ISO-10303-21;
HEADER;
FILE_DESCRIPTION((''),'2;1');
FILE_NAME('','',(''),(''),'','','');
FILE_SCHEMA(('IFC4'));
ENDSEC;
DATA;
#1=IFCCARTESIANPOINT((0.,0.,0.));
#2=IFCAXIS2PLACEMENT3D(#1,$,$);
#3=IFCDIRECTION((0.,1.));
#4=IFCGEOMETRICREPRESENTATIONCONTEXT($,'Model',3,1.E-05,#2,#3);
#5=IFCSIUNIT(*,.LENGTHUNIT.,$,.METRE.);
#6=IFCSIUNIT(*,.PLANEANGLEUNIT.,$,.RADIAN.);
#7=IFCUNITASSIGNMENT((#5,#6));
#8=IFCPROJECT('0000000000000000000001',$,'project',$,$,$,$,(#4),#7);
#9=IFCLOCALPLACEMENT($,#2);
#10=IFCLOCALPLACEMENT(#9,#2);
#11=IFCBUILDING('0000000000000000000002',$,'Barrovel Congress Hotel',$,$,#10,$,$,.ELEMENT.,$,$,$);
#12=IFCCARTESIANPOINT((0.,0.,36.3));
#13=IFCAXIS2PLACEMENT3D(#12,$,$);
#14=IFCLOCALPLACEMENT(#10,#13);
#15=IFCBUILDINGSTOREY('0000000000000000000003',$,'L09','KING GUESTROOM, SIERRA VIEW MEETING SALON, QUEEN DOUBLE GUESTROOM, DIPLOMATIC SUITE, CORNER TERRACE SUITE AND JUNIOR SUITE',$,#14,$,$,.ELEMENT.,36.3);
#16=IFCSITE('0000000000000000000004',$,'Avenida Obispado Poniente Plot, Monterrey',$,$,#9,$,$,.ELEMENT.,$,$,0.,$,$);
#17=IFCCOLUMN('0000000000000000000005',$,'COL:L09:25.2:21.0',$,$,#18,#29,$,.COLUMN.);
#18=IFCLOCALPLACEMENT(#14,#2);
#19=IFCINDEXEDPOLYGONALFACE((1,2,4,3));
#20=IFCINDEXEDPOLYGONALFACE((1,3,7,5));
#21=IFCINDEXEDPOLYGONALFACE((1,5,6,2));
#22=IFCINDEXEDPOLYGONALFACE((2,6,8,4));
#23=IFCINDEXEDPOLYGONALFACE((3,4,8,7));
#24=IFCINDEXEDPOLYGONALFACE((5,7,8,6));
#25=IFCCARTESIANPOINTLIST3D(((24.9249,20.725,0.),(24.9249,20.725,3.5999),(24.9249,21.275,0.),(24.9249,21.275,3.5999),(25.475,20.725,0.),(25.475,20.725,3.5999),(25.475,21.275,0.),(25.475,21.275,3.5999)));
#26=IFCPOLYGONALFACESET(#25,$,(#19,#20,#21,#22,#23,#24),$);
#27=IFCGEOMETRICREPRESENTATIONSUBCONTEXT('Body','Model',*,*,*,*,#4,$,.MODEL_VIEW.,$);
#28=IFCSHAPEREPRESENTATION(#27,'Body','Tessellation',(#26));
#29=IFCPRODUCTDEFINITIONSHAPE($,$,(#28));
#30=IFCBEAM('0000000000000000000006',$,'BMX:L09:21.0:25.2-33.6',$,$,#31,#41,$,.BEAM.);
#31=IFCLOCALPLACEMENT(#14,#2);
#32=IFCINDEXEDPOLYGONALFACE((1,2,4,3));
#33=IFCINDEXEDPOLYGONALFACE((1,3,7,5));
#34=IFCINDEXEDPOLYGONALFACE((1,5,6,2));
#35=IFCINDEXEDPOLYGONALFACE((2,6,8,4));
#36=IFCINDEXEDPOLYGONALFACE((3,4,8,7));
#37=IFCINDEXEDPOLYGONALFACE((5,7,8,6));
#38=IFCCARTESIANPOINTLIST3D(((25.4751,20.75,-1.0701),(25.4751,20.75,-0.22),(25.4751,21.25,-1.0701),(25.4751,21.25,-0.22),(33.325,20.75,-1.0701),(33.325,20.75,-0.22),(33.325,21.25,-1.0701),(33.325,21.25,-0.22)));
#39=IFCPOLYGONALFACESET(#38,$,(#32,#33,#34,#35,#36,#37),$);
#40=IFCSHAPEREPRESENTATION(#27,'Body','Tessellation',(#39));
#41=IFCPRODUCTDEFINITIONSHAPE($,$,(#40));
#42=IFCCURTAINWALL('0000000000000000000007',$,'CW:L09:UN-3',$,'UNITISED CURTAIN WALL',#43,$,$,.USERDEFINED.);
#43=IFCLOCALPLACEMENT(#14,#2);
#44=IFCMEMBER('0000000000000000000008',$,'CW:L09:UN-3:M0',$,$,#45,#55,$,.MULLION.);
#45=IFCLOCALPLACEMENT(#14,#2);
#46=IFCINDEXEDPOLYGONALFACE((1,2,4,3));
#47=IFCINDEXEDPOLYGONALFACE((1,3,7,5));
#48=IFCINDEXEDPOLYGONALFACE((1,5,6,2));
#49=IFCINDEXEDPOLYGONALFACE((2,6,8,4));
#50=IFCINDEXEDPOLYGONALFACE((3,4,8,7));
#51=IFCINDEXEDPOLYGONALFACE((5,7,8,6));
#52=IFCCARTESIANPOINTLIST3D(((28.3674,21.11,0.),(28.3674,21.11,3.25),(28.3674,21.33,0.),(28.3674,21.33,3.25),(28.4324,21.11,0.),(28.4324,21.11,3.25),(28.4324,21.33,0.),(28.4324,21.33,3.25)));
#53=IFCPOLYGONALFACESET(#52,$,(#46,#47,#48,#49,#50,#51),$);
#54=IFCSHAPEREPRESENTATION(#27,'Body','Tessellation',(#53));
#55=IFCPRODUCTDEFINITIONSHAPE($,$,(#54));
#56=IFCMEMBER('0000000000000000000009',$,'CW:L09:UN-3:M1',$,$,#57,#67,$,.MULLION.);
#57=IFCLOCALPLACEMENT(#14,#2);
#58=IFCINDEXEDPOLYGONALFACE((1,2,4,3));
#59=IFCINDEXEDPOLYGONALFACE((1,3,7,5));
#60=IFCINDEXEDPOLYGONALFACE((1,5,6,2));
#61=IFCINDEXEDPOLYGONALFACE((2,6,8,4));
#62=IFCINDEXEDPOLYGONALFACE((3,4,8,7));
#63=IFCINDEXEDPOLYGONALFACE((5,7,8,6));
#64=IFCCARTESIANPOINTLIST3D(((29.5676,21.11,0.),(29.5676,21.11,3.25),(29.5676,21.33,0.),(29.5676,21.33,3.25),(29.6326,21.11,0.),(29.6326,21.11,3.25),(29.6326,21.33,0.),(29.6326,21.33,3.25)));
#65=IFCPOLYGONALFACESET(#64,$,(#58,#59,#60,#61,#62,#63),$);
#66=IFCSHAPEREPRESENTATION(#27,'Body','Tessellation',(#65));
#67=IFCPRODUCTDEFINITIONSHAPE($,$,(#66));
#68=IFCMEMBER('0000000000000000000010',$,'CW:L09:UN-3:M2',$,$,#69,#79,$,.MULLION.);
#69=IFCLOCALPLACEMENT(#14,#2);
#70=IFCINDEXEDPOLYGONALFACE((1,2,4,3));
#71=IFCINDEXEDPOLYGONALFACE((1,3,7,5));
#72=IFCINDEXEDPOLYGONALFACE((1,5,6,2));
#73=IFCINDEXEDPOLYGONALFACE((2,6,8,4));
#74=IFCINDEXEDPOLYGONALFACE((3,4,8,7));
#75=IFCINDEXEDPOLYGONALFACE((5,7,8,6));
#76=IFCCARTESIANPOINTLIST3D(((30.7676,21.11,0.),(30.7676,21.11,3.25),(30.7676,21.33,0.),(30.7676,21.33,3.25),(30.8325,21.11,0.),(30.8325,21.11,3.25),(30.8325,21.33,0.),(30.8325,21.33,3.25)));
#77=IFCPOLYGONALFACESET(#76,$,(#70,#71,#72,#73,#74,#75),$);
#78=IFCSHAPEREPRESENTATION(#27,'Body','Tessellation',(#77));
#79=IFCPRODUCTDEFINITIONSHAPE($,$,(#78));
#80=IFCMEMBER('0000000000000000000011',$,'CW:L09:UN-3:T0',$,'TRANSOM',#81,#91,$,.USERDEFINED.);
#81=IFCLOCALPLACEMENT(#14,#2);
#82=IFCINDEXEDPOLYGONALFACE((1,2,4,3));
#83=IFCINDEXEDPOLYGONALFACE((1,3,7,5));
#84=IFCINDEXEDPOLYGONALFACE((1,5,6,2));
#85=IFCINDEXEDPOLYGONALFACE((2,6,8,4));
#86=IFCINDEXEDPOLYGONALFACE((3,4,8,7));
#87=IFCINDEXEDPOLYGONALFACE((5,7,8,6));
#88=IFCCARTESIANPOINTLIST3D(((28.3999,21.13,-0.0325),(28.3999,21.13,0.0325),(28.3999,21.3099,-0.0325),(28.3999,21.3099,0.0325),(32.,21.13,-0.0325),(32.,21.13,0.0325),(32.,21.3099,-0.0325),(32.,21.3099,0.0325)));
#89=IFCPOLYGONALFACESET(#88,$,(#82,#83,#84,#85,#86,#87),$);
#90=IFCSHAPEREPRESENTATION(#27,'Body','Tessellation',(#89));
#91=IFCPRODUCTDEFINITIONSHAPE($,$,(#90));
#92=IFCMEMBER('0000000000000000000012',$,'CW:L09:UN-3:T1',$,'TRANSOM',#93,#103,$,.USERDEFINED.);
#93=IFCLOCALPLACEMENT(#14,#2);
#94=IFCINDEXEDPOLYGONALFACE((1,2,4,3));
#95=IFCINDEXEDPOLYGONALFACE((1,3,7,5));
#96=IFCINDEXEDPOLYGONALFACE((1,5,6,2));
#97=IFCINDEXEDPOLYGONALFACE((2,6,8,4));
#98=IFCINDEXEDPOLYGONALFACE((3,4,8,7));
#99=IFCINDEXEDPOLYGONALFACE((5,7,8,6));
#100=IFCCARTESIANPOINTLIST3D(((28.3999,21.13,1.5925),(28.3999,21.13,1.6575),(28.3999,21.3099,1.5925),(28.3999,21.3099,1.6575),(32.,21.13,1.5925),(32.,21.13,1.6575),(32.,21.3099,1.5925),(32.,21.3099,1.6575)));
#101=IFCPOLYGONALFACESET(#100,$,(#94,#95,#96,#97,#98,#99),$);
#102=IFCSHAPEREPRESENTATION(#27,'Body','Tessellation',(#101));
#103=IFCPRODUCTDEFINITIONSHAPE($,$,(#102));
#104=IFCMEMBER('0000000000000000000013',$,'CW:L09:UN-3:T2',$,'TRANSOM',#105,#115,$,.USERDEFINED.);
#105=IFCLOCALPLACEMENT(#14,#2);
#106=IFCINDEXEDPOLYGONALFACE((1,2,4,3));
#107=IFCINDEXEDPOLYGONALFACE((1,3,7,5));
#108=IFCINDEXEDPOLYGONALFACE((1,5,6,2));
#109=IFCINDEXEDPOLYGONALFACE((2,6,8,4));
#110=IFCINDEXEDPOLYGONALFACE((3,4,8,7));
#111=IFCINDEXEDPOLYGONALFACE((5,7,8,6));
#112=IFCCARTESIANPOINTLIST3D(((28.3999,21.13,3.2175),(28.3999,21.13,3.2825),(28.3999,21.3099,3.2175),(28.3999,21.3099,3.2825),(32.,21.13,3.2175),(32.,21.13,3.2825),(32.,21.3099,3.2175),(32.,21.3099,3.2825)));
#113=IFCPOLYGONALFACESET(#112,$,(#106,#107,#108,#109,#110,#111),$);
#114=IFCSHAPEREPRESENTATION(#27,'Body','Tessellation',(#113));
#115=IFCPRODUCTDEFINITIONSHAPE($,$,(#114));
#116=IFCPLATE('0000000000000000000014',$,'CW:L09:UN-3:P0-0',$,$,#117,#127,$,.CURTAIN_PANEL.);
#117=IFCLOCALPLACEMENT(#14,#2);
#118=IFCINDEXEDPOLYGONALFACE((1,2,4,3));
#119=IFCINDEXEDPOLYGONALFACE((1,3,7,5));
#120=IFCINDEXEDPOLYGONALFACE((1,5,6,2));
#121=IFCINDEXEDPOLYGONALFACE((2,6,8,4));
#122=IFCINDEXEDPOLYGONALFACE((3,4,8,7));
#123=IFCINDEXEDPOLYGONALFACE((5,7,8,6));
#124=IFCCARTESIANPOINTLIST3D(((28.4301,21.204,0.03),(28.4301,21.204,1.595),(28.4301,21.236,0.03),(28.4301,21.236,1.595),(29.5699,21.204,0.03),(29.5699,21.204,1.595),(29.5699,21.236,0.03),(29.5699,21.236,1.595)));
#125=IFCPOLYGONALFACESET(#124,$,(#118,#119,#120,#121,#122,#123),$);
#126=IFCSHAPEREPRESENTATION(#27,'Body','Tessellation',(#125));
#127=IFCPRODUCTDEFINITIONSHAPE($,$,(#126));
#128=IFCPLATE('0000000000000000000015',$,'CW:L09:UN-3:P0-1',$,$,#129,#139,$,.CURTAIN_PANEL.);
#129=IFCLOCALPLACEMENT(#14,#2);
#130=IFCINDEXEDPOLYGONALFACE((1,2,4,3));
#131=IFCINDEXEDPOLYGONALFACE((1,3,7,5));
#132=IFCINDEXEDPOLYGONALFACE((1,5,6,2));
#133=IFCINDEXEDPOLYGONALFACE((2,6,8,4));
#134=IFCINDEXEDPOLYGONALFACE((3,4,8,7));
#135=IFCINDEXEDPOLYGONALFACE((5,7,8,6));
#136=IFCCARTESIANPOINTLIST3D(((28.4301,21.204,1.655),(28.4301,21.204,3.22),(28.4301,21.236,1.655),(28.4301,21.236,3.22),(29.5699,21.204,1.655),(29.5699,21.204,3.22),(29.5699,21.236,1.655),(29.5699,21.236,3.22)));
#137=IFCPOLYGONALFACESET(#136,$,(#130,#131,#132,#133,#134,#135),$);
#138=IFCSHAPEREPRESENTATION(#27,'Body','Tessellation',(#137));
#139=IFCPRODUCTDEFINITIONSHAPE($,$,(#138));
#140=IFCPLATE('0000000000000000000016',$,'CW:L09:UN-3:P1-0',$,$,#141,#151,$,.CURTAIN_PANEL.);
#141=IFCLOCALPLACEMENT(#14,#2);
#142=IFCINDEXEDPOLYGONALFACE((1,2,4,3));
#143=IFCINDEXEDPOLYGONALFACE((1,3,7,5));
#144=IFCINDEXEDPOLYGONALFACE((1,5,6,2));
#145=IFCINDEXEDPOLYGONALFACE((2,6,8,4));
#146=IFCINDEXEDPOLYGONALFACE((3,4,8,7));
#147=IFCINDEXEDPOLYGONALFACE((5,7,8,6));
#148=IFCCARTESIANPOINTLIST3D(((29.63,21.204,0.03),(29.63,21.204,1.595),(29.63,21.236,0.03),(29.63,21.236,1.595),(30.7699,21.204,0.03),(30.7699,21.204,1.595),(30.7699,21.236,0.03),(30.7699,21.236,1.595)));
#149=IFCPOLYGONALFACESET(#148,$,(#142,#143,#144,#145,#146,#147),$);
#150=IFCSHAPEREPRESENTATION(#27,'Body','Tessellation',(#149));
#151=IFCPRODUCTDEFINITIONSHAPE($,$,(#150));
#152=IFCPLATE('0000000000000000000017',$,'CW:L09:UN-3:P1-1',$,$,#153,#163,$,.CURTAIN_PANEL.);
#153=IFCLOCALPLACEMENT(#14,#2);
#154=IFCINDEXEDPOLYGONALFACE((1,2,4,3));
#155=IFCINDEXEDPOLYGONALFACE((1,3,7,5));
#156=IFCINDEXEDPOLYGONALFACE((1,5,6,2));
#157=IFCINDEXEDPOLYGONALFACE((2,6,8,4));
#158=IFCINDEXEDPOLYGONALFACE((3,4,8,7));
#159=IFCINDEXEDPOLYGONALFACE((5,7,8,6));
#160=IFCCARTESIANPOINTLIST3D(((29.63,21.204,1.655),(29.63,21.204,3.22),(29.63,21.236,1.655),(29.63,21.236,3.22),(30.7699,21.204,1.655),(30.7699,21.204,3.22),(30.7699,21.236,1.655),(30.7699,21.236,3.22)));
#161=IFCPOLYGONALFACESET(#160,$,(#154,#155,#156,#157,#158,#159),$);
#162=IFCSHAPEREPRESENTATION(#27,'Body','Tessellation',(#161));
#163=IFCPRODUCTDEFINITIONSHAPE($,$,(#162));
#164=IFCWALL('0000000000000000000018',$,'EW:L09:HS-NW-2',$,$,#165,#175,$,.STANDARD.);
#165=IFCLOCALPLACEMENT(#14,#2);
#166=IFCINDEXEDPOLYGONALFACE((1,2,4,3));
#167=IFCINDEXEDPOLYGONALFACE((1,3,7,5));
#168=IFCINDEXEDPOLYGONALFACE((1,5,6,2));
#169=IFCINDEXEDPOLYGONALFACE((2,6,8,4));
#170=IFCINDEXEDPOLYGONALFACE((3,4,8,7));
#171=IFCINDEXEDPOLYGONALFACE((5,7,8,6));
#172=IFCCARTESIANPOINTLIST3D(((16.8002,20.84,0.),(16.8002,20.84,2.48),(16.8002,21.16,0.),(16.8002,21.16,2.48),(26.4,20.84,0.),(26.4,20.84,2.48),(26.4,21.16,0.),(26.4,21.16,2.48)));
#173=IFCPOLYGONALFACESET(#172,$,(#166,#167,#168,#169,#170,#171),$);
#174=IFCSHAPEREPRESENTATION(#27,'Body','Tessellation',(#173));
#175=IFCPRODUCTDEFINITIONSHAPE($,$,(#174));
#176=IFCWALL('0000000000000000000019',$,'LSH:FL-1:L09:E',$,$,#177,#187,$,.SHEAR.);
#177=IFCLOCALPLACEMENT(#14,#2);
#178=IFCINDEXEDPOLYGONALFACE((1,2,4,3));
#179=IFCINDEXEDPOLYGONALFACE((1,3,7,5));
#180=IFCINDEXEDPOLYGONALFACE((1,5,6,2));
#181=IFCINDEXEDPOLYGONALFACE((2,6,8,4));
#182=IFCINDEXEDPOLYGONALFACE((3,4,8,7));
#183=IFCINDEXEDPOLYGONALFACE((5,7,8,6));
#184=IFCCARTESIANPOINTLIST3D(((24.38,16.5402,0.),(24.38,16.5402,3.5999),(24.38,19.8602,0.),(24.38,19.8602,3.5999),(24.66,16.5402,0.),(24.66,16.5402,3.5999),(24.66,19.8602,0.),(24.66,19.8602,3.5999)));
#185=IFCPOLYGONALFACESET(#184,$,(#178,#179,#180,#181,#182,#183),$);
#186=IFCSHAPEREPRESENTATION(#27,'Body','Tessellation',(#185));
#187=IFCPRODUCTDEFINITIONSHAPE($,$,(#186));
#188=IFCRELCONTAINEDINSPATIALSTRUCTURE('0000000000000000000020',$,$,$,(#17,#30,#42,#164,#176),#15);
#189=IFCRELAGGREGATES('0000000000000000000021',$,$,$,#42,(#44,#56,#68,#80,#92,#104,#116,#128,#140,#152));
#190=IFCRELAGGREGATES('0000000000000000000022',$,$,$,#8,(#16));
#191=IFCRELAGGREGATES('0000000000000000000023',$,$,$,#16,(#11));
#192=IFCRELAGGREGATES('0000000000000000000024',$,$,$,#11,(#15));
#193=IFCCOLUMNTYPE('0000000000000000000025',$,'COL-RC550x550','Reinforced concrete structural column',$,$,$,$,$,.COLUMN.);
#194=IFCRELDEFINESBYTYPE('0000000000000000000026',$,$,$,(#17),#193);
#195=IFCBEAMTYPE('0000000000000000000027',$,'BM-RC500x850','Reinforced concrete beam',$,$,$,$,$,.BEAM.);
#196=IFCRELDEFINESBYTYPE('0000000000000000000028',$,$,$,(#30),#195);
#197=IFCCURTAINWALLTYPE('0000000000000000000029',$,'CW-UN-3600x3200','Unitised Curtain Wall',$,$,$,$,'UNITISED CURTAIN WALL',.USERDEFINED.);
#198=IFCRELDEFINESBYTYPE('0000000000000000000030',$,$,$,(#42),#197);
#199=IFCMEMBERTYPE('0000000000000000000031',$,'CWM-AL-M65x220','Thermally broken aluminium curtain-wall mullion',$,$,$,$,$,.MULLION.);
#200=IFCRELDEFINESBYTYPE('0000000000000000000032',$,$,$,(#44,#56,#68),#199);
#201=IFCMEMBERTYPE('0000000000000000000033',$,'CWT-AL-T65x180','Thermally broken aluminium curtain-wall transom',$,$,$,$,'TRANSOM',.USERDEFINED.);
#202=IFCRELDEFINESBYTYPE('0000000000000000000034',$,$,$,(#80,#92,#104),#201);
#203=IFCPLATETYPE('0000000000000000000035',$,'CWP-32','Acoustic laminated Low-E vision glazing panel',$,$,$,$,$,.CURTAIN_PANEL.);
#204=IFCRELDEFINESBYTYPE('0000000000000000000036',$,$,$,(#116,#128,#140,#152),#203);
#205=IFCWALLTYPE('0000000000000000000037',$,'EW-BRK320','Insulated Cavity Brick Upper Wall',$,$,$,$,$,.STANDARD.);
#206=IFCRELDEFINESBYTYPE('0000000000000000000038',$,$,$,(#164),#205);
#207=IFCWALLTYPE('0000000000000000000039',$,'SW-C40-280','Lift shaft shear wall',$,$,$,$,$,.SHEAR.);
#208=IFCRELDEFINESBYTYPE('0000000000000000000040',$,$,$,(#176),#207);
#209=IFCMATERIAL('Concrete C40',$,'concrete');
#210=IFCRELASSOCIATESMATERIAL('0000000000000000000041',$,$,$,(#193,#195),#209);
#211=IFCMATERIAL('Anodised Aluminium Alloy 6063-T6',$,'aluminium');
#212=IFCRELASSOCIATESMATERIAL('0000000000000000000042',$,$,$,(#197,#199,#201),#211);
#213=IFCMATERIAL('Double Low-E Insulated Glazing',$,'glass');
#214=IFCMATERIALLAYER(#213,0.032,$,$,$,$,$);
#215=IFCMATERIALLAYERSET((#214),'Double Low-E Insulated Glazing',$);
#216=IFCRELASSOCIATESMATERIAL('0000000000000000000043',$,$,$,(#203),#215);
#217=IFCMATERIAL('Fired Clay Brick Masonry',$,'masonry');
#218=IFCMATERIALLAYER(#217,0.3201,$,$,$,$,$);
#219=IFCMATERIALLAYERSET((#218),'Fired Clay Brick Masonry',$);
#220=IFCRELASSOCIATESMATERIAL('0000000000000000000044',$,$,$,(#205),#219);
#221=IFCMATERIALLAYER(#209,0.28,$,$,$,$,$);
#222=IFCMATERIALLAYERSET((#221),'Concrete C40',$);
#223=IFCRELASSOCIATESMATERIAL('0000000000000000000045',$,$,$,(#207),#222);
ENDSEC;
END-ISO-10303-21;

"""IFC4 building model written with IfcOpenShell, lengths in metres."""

from ifc_helpers import new_model, si_unit, direction, frame, frame_2d, origin, origin_2d, place, context, subcontext, project, spatial, rectangle, extrude, material, layer, layer_set, material_profile, profile_set, type_object, element, aggregate, save


model = new_model("IFC4")

# Units and contexts
model_context = context("Model", 3, precision=1e-05, world=origin(), true_north=direction((0.0, 1.0)))
body_context = subcontext(model_context, "Body", "Model", "MODEL_VIEW")
ifc_project = project(units=[si_unit("LENGTHUNIT", "METRE"), si_unit("PLANEANGLEUNIT", "RADIAN")], contexts=[model_context])

# Site, building, storey
site_placement = place(None, origin())
site = spatial("IfcSite", under=ifc_project, at=site_placement, Name="Avenida Obispado Poniente Plot, Monterrey", CompositionType="ELEMENT", RefElevation=0.0)
building_placement = place(site_placement, origin())
building = spatial("IfcBuilding", under=site, at=building_placement, Name="Barrovel Congress Hotel", CompositionType="ELEMENT")
storey_placement = place(building_placement, frame((0.0, 0.0, 36.3)))
storey = spatial("IfcBuildingStorey", under=building, at=storey_placement, Name="L09", Description="KING GUESTROOM, SIERRA VIEW MEETING SALON, QUEEN DOUBLE GUESTROOM, DIPLOMATIC SUITE, CORNER TERRACE SUITE AND JUNIOR SUITE", CompositionType="ELEMENT", Elevation=36.3)

# Column
ifc_material_1 = material(Name="Concrete C40", Category="concrete")
ifc_material_profile_1 = material_profile(ifc_material_1, rectangle(XDim=0.55, YDim=0.55, at=origin_2d()), Name="RC550x550")
ifc_profile_set_1 = profile_set([ifc_material_profile_1], Name="Concrete C40")
column_type = type_object("IfcColumnType", Name="COL-RC550x550", Description="Reinforced concrete structural column", PredefinedType="COLUMN", material=ifc_profile_set_1)
column_placement = place(storey_placement, frame((25.2, 21.0, 0.0), z_axis=(0.0, 0.0, 1.0), x_axis=(1.0, 0.0, 0.0)))
element("IfcColumn", 1, at=column_placement, inside=storey, type_object=column_type, Name="COL:L09:25.2:21.0", PredefinedType="COLUMN", context=body_context, shape_type="SweptSolid", body=[
    extrude(rectangle(XDim=0.55, YDim=0.55, at=origin_2d()), origin(), (0.0, 0.0, 1.0), 3.5999),
])

# Beam
ifc_material_profile_2 = material_profile(ifc_material_1, rectangle(XDim=0.5, YDim=0.8501, at=origin_2d()), Name="RC500x850")
ifc_profile_set_2 = profile_set([ifc_material_profile_2], Name="Concrete C40")
beam_type = type_object("IfcBeamType", Name="BM-RC500x850", Description="Reinforced concrete beam", PredefinedType="BEAM", material=ifc_profile_set_2)
beam_placement = place(storey_placement, frame((25.4751, 21.0, -0.645), z_axis=(1.0, 0.0, 0.0), x_axis=(0.0, 1.0, 0.0)))
element("IfcBeam", 2, at=beam_placement, inside=storey, type_object=beam_type, Name="BMX:L09:21.0:25.2-33.6", PredefinedType="BEAM", context=body_context, shape_type="SweptSolid", body=[
    extrude(rectangle(XDim=0.5, YDim=0.8501, at=origin_2d()), origin(), (0.0, 0.0, 1.0), 7.8499),
])

# Curtain wall, members, plates
ifc_material_2 = material(Name="Anodised Aluminium Alloy 6063-T6", Category="aluminium")
curtain_wall_type = type_object("IfcCurtainWallType", Name="CW-UN-3600x3200", Description="Unitised Curtain Wall", ElementType="UNITISED CURTAIN WALL", PredefinedType="USERDEFINED", material=ifc_material_2)
curtain_wall_placement = place(storey_placement, origin())
curtain_wall = element("IfcCurtainWall", 3, at=curtain_wall_placement, inside=storey, type_object=curtain_wall_type, Name="CW:L09:UN-3", ObjectType="UNITISED CURTAIN WALL", PredefinedType="USERDEFINED")
ifc_material_profile_3 = material_profile(ifc_material_2, rectangle(XDim=0.0649, YDim=0.22, at=origin_2d()), Name="AL-M65x220")
ifc_profile_set_3 = profile_set([ifc_material_profile_3], Name="Anodised Aluminium Alloy 6063-T6")
member_type_1 = type_object("IfcMemberType", Name="CWM-AL-M65x220", Description="Thermally broken aluminium curtain-wall mullion", PredefinedType="MULLION", material=ifc_profile_set_3)
member_1_placement = place(storey_placement, frame((28.3999, 21.22, 0.0), z_axis=(0.0, 0.0, 1.0), x_axis=(1.0, 0.0, 0.0)))
member_1 = element("IfcMember", 4, at=member_1_placement, type_object=member_type_1, Name="CW:L09:UN-3:M0", PredefinedType="MULLION", context=body_context, shape_type="SweptSolid", body=[
    extrude(rectangle(XDim=0.0649, YDim=0.22, at=origin_2d()), origin(), (0.0, 0.0, 1.0), 3.25),
])
member_2_placement = place(storey_placement, frame((29.6001, 21.22, 0.0), z_axis=(0.0, 0.0, 1.0), x_axis=(1.0, 0.0, 0.0)))
member_2 = element("IfcMember", 5, at=member_2_placement, type_object=member_type_1, Name="CW:L09:UN-3:M1", PredefinedType="MULLION", context=body_context, shape_type="SweptSolid", body=[
    extrude(rectangle(XDim=0.0649, YDim=0.22, at=origin_2d()), origin(), (0.0, 0.0, 1.0), 3.25),
])
member_3_placement = place(storey_placement, frame((30.8, 21.22, 0.0), z_axis=(0.0, 0.0, 1.0), x_axis=(1.0, 0.0, 0.0)))
member_3 = element("IfcMember", 6, at=member_3_placement, type_object=member_type_1, Name="CW:L09:UN-3:M2", PredefinedType="MULLION", context=body_context, shape_type="SweptSolid", body=[
    extrude(rectangle(XDim=0.0649, YDim=0.22, at=origin_2d()), origin(), (0.0, 0.0, 1.0), 3.25),
])
ifc_material_profile_4 = material_profile(ifc_material_2, rectangle(XDim=0.1799, YDim=0.0649, at=origin_2d()), Name="AL-T65x180")
ifc_profile_set_4 = profile_set([ifc_material_profile_4], Name="Anodised Aluminium Alloy 6063-T6")
member_type_2 = type_object("IfcMemberType", Name="CWT-AL-T65x180", Description="Thermally broken aluminium curtain-wall transom", ElementType="TRANSOM", PredefinedType="USERDEFINED", material=ifc_profile_set_4)
member_4_placement = place(storey_placement, frame((28.3999, 21.22, 0.0), z_axis=(1.0, 0.0, 0.0), x_axis=(0.0, 1.0, 0.0)))
member_4 = element("IfcMember", 7, at=member_4_placement, type_object=member_type_2, Name="CW:L09:UN-3:T0", ObjectType="TRANSOM", PredefinedType="USERDEFINED", context=body_context, shape_type="SweptSolid", body=[
    extrude(rectangle(XDim=0.1799, YDim=0.0649, at=origin_2d()), origin(), (0.0, 0.0, 1.0), 3.6001),
])
member_5_placement = place(storey_placement, frame((28.3999, 21.22, 1.625), z_axis=(1.0, 0.0, 0.0), x_axis=(0.0, 1.0, 0.0)))
member_5 = element("IfcMember", 8, at=member_5_placement, type_object=member_type_2, Name="CW:L09:UN-3:T1", ObjectType="TRANSOM", PredefinedType="USERDEFINED", context=body_context, shape_type="SweptSolid", body=[
    extrude(rectangle(XDim=0.1799, YDim=0.0649, at=origin_2d()), origin(), (0.0, 0.0, 1.0), 3.6001),
])
member_6_placement = place(storey_placement, frame((28.3999, 21.22, 3.25), z_axis=(1.0, 0.0, 0.0), x_axis=(0.0, 1.0, 0.0)))
member_6 = element("IfcMember", 9, at=member_6_placement, type_object=member_type_2, Name="CW:L09:UN-3:T2", ObjectType="TRANSOM", PredefinedType="USERDEFINED", context=body_context, shape_type="SweptSolid", body=[
    extrude(rectangle(XDim=0.1799, YDim=0.0649, at=origin_2d()), origin(), (0.0, 0.0, 1.0), 3.6001),
])
ifc_material_3 = material(Name="Double Low-E Insulated Glazing", Category="glass")
ifc_layer_1 = layer(ifc_material_3, 0.032)
ifc_layer_set_1 = layer_set([ifc_layer_1], Name="Double Low-E Insulated Glazing")
plate_type = type_object("IfcPlateType", Name="CWP-32", Description="Acoustic laminated Low-E vision glazing panel", PredefinedType="CURTAIN_PANEL", material=ifc_layer_set_1)
plate_1_placement = place(storey_placement, frame((29.0, 21.22, 0.03), z_axis=(0.0, 0.0, 1.0), x_axis=(1.0, 0.0, 0.0)))
plate_1 = element("IfcPlate", 10, at=plate_1_placement, type_object=plate_type, Name="CW:L09:UN-3:P0-0", PredefinedType="CURTAIN_PANEL", context=body_context, shape_type="SweptSolid", body=[
    extrude(rectangle(XDim=1.1399, YDim=0.032, at=origin_2d()), origin(), (0.0, 0.0, 1.0), 1.5649),
])
plate_2_placement = place(storey_placement, frame((29.0, 21.22, 1.655), z_axis=(0.0, 0.0, 1.0), x_axis=(1.0, 0.0, 0.0)))
plate_2 = element("IfcPlate", 11, at=plate_2_placement, type_object=plate_type, Name="CW:L09:UN-3:P0-1", PredefinedType="CURTAIN_PANEL", context=body_context, shape_type="SweptSolid", body=[
    extrude(rectangle(XDim=1.1399, YDim=0.032, at=origin_2d()), origin(), (0.0, 0.0, 1.0), 1.5649),
])
plate_3_placement = place(storey_placement, frame((30.2, 21.22, 0.03), z_axis=(0.0, 0.0, 1.0), x_axis=(1.0, 0.0, 0.0)))
plate_3 = element("IfcPlate", 12, at=plate_3_placement, type_object=plate_type, Name="CW:L09:UN-3:P1-0", PredefinedType="CURTAIN_PANEL", context=body_context, shape_type="SweptSolid", body=[
    extrude(rectangle(XDim=1.1399, YDim=0.032, at=origin_2d()), origin(), (0.0, 0.0, 1.0), 1.5649),
])
plate_4_placement = place(storey_placement, frame((30.2, 21.22, 1.655), z_axis=(0.0, 0.0, 1.0), x_axis=(1.0, 0.0, 0.0)))
plate_4 = element("IfcPlate", 13, at=plate_4_placement, type_object=plate_type, Name="CW:L09:UN-3:P1-1", PredefinedType="CURTAIN_PANEL", context=body_context, shape_type="SweptSolid", body=[
    extrude(rectangle(XDim=1.1399, YDim=0.032, at=origin_2d()), origin(), (0.0, 0.0, 1.0), 1.5649),
])
aggregate(curtain_wall, [member_1, member_2, member_3, member_4, member_5, member_6, plate_1, plate_2, plate_3, plate_4])

# Walls
ifc_material_4 = material(Name="Fired Clay Brick Masonry", Category="masonry")
ifc_layer_2 = layer(ifc_material_4, 0.3201)
ifc_layer_set_2 = layer_set([ifc_layer_2], Name="Fired Clay Brick Masonry")
wall_type_1 = type_object("IfcWallType", Name="EW-BRK320", Description="Insulated Cavity Brick Upper Wall", PredefinedType="STANDARD", material=ifc_layer_set_2)
wall_1_placement = place(storey_placement, frame((26.3999, 21.0, 0.0), z_axis=(0.0, 0.0, 1.0), x_axis=(-1.0, 0.0, 0.0)))
element("IfcWall", 14, at=wall_1_placement, inside=storey, type_object=wall_type_1, Name="EW:L09:HS-NW-2", PredefinedType="STANDARD", context=body_context, shape_type="SweptSolid", body=[
    extrude(rectangle(XDim=9.5999, YDim=0.3201, at=frame_2d((4.7998, 0.0))), origin(), (0.0, 0.0, 1.0), 2.48),
])
ifc_layer_3 = layer(ifc_material_1, 0.28)
ifc_layer_set_3 = layer_set([ifc_layer_3], Name="Concrete C40")
wall_type_2 = type_object("IfcWallType", Name="SW-C40-280", Description="Lift shaft shear wall", PredefinedType="SHEAR", material=ifc_layer_set_3)
wall_2_placement = place(storey_placement, frame((24.52, 16.54, 0.0), z_axis=(0.0, 0.0, 1.0), x_axis=(0.0, 1.0, 0.0)))
element("IfcWall", 15, at=wall_2_placement, inside=storey, type_object=wall_type_2, Name="LSH:FL-1:L09:E", PredefinedType="SHEAR", context=body_context, shape_type="SweptSolid", body=[
    extrude(rectangle(XDim=3.3201, YDim=0.28, at=frame_2d((1.6602, 0.0))), origin(), (0.0, 0.0, 1.0), 3.5999),
])

save(model, "model.ifc")
